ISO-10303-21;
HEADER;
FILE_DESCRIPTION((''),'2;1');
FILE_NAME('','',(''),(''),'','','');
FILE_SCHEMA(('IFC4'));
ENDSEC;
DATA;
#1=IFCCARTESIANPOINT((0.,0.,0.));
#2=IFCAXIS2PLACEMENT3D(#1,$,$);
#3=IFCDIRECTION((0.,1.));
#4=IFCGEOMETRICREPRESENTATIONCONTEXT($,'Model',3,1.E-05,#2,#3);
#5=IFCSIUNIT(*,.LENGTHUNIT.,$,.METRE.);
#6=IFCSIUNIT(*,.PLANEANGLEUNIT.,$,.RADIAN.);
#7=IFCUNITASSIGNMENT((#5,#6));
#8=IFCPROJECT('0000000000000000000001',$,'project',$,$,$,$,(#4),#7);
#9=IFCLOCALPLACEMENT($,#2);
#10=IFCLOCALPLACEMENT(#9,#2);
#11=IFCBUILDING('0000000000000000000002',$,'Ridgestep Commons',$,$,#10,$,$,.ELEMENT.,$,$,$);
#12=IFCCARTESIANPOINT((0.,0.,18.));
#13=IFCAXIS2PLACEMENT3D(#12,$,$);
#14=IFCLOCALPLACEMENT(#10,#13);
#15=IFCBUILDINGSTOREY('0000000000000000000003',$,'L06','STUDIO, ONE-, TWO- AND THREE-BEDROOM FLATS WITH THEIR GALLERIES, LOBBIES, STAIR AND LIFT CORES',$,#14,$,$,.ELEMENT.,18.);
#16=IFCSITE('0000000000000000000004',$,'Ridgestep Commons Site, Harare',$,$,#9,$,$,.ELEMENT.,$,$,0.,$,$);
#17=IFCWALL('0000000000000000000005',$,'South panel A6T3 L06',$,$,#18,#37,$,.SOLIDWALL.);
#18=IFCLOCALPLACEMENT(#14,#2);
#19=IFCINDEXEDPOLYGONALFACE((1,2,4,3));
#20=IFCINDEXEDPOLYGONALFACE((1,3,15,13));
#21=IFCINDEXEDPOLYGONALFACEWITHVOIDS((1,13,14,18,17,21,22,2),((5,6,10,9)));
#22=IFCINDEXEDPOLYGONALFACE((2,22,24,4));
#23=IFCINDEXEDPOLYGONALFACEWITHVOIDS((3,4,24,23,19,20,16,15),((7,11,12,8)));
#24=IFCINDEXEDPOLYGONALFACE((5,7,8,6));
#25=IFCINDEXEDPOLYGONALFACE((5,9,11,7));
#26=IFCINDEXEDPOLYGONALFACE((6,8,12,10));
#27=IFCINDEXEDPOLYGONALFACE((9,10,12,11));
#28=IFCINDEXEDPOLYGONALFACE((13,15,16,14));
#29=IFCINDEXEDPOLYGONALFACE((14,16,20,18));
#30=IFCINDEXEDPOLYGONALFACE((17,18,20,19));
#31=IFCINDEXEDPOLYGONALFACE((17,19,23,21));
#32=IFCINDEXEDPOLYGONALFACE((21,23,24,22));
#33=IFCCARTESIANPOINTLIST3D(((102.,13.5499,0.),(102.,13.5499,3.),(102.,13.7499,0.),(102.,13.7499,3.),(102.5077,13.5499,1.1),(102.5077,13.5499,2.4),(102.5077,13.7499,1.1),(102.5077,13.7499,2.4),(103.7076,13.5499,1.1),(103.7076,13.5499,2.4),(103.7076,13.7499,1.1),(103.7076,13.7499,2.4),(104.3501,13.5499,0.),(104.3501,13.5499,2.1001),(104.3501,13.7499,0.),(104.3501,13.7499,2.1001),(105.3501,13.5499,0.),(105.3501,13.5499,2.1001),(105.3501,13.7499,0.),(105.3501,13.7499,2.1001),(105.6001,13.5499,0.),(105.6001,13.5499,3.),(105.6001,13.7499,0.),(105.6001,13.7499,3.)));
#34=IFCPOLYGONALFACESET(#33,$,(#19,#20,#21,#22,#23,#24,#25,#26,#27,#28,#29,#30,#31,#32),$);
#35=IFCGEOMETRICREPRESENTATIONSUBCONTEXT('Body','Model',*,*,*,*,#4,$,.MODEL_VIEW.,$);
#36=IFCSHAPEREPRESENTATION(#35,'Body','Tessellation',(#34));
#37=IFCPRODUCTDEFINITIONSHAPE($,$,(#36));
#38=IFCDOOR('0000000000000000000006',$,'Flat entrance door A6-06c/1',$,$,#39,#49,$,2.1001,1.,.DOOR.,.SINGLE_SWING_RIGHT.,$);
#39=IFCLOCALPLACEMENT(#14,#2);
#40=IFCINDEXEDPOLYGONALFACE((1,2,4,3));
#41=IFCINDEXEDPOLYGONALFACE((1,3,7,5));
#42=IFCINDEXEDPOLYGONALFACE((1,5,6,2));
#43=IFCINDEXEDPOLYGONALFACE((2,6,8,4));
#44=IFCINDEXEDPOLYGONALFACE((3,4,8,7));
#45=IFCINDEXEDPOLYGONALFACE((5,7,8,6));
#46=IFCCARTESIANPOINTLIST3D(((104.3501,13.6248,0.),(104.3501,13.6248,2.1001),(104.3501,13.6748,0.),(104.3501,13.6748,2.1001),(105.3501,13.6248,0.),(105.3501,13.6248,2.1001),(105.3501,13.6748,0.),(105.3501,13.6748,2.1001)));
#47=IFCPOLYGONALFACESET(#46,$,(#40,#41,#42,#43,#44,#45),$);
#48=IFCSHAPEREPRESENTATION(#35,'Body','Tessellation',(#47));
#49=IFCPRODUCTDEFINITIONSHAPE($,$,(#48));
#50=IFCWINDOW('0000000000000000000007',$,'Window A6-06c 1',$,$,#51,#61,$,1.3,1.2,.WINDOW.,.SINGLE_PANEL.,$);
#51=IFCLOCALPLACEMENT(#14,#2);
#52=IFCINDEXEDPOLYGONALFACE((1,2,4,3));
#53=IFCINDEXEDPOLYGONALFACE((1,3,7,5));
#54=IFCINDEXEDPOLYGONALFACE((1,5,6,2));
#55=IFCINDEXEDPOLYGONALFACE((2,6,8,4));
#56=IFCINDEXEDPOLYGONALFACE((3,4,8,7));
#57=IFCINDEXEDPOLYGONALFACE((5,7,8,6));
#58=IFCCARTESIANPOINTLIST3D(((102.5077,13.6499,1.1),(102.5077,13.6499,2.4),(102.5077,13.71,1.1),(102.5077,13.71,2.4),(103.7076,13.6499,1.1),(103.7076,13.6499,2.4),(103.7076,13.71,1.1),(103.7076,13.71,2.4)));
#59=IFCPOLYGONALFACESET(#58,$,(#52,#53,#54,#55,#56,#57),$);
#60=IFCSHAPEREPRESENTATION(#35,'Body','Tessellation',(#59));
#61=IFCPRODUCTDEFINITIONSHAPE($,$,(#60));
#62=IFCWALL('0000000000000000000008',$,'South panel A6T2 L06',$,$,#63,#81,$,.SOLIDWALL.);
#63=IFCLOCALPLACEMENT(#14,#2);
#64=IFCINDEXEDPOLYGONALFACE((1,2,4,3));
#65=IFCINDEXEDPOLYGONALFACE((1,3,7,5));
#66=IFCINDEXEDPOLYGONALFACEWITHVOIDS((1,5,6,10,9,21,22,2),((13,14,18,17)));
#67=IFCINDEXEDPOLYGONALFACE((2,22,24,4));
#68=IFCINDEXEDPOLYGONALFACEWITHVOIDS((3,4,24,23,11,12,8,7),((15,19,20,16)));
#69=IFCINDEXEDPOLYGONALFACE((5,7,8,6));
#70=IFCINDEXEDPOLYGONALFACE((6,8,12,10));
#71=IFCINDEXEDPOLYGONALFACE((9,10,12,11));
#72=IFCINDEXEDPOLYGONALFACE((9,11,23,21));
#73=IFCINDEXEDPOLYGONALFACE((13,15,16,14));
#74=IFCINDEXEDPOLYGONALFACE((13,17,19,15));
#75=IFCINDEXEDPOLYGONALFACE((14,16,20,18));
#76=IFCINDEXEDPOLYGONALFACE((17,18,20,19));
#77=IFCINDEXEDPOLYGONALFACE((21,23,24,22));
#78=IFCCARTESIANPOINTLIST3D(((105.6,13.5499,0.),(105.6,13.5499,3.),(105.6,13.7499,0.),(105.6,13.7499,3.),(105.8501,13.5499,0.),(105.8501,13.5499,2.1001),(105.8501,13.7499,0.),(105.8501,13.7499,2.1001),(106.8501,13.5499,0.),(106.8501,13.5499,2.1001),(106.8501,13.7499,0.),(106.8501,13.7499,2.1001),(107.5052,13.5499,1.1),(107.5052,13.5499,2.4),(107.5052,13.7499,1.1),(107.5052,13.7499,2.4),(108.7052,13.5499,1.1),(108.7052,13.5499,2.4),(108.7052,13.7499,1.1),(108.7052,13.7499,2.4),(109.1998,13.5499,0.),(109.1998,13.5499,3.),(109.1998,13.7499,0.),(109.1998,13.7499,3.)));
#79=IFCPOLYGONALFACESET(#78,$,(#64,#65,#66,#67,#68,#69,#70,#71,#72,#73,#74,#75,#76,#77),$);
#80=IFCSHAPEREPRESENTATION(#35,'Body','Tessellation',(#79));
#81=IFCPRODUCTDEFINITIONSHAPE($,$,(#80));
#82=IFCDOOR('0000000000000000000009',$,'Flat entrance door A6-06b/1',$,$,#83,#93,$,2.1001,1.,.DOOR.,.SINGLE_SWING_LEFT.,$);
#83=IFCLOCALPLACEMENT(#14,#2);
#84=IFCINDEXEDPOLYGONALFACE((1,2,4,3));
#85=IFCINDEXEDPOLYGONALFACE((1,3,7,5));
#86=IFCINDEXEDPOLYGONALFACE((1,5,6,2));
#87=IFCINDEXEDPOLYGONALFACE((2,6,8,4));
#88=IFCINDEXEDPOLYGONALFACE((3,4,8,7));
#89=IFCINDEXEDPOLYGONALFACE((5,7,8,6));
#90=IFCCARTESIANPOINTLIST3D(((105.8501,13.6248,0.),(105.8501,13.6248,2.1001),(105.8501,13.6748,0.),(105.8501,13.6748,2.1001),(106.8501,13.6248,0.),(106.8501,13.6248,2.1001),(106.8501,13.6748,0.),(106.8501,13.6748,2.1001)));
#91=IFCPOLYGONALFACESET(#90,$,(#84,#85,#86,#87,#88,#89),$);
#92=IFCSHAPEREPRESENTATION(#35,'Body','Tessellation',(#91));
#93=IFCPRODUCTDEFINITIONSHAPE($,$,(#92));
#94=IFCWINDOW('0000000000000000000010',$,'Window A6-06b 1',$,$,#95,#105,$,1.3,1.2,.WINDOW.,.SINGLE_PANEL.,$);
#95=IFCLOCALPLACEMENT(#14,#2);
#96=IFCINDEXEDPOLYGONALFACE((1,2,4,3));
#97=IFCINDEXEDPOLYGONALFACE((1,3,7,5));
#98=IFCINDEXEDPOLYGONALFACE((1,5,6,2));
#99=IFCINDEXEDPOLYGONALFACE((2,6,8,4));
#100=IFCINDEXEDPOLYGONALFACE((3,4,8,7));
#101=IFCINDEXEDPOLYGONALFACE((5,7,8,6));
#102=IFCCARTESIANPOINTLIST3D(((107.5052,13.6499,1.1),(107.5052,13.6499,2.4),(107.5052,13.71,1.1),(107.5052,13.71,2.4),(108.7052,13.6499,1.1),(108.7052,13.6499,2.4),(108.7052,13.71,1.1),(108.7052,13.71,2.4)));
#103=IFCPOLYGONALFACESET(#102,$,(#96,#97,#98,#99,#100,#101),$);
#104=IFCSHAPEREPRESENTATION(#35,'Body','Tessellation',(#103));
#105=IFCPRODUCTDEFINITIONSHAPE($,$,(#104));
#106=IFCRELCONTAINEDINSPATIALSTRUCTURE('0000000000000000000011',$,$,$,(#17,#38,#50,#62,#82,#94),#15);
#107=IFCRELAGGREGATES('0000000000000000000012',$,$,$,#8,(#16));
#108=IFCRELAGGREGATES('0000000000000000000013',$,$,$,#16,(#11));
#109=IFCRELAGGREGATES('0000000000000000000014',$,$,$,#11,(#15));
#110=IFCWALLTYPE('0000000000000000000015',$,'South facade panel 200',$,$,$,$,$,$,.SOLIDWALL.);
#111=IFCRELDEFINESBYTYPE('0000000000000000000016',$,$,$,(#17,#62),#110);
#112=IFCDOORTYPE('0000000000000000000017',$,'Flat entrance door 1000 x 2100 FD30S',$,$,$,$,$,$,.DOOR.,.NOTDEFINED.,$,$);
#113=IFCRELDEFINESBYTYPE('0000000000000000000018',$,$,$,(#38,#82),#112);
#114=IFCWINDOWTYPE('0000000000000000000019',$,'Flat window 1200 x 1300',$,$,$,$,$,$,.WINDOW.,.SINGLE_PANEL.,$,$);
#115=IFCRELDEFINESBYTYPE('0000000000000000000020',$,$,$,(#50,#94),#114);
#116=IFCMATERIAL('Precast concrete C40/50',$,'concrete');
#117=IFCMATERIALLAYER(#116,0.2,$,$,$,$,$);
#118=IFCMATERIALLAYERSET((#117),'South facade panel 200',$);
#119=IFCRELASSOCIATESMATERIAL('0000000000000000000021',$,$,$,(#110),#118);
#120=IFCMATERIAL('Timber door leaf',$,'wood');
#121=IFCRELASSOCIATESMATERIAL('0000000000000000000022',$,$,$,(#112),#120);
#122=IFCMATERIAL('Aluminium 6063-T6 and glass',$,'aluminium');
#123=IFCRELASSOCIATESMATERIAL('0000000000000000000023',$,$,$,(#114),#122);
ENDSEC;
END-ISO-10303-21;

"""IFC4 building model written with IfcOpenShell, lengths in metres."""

from ifc_helpers import new_model, si_unit, direction, frame, frame_2d, origin, place, context, subcontext, project, spatial, rectangle, extrude, material, layer, layer_set, type_object, element, fill, save


model = new_model("IFC4")

# Units and contexts
model_context = context("Model", 3, precision=1e-05, world=origin(), true_north=direction((0.0, 1.0)))
body_context = subcontext(model_context, "Body", "Model", "MODEL_VIEW")
ifc_project = project(units=[si_unit("LENGTHUNIT", "METRE"), si_unit("PLANEANGLEUNIT", "RADIAN")], contexts=[model_context])

# Site, building, storey
site_placement = place(None, origin())
site = spatial("IfcSite", under=ifc_project, at=site_placement, Name="Ridgestep Commons Site, Harare", CompositionType="ELEMENT", RefElevation=0.0)
building_placement = place(site_placement, origin())
building = spatial("IfcBuilding", under=site, at=building_placement, Name="Ridgestep Commons", CompositionType="ELEMENT")
storey_placement = place(building_placement, frame((0.0, 0.0, 18.0)))
storey = spatial("IfcBuildingStorey", under=building, at=storey_placement, Name="L06", Description="STUDIO, ONE-, TWO- AND THREE-BEDROOM FLATS WITH THEIR GALLERIES, LOBBIES, STAIR AND LIFT CORES", CompositionType="ELEMENT", Elevation=18.0)

# Walls, openings, doors, windows
ifc_material_1 = material(Name="Precast concrete C40/50", Category="concrete")
ifc_layer_1 = layer(ifc_material_1, 0.2)
ifc_layer_set_1 = layer_set([ifc_layer_1], Name="South facade panel 200")
wall_type_1 = type_object("IfcWallType", Name="South facade panel 200", PredefinedType="SOLIDWALL", material=ifc_layer_set_1)
wall_1_placement = place(storey_placement, frame((102.0, 13.6499, 0.0), z_axis=(0.0, 0.0, 1.0), x_axis=(1.0, 0.0, 0.0)))
wall_1 = element("IfcWall", 1, at=wall_1_placement, inside=storey, type_object=wall_type_1, Name="South panel A6T3 L06", PredefinedType="SOLIDWALL", context=body_context, shape_type="SweptSolid", body=[
    extrude(rectangle(XDim=3.6001, YDim=0.2, at=frame_2d((1.8, 0.0))), origin(), (0.0, 0.0, 1.0), 3.0),
])
opening_1_placement = place(wall_1_placement, frame((0.5076, 0.0, 1.1001)))
opening_1 = element("IfcOpeningElement", 2, at=opening_1_placement, cuts=wall_1, PredefinedType="OPENING", context=body_context, shape_type="SweptSolid", body=[
    extrude(rectangle(XDim=1.2, YDim=1.3, at=frame_2d((0.6001, 0.6499))), frame((0.0, 0.1099, 0.0), z_axis=(0.0, -1.0, 0.0), x_axis=(1.0, 0.0, 0.0)), (0.0, 0.0, 1.0), 0.22),
])
opening_2_placement = place(wall_1_placement, frame((2.3501, 0.0, 0.0)))
opening_2 = element("IfcOpeningElement", 3, at=opening_2_placement, cuts=wall_1, PredefinedType="OPENING", context=body_context, shape_type="SweptSolid", body=[
    extrude(rectangle(XDim=1.0, YDim=2.1001, at=frame_2d((0.5, 1.05))), frame((0.0, 0.1099, 0.0), z_axis=(0.0, -1.0, 0.0), x_axis=(1.0, 0.0, 0.0)), (0.0, 0.0, 1.0), 0.22),
])
ifc_material_2 = material(Name="Timber door leaf", Category="wood")
door_type_1 = type_object("IfcDoorType", Name="Flat entrance door 1000 x 2100 FD30S", OperationType="NOTDEFINED", PredefinedType="DOOR", material=ifc_material_2)
door_1_placement = place(opening_2_placement, origin())
door_1 = element("IfcDoor", 4, at=door_1_placement, inside=storey, type_object=door_type_1, Name="Flat entrance door A6-06c/1", OperationType="SINGLE_SWING_RIGHT", OverallHeight=2.1001, OverallWidth=1.0, PredefinedType="DOOR", context=body_context, shape_type="SweptSolid", body=[
    extrude(rectangle(XDim=1.0, YDim=2.1001, at=frame_2d((0.5, 1.05))), frame((0.0, 0.0249, 0.0), z_axis=(0.0, -1.0, 0.0), x_axis=(1.0, 0.0, 0.0)), (0.0, 0.0, 1.0), 0.05),
])
fill(opening_2, door_1)
ifc_material_3 = material(Name="Aluminium 6063-T6 and glass", Category="aluminium")
window_type = type_object("IfcWindowType", Name="Flat window 1200 x 1300", PartitioningType="SINGLE_PANEL", PredefinedType="WINDOW", material=ifc_material_3)
window_1_placement = place(opening_1_placement, origin())
window_1 = element("IfcWindow", 5, at=window_1_placement, inside=storey, type_object=window_type, Name="Window A6-06c 1", OverallHeight=1.3, OverallWidth=1.2, PartitioningType="SINGLE_PANEL", PredefinedType="WINDOW", context=body_context, shape_type="SweptSolid", body=[
    extrude(rectangle(XDim=1.2, YDim=1.3, at=frame_2d((0.6001, 0.6499))), frame((0.0, 0.0601, 0.0), z_axis=(0.0, -1.0, 0.0), x_axis=(1.0, 0.0, 0.0)), (0.0, 0.0, 1.0), 0.0601),
])
fill(opening_1, window_1)
wall_2_placement = place(storey_placement, frame((105.6001, 13.6499, 0.0), z_axis=(0.0, 0.0, 1.0), x_axis=(1.0, 0.0, 0.0)))
wall_2 = element("IfcWall", 6, at=wall_2_placement, inside=storey, type_object=wall_type_1, Name="South panel A6T2 L06", PredefinedType="SOLIDWALL", context=body_context, shape_type="SweptSolid", body=[
    extrude(rectangle(XDim=3.5999, YDim=0.2, at=frame_2d((1.7998, 0.0))), origin(), (0.0, 0.0, 1.0), 3.0),
])
opening_3_placement = place(wall_2_placement, frame((1.905, 0.0, 1.1001)))
opening_3 = element("IfcOpeningElement", 7, at=opening_3_placement, cuts=wall_2, PredefinedType="OPENING", context=body_context, shape_type="SweptSolid", body=[
    extrude(rectangle(XDim=1.2, YDim=1.3, at=frame_2d((0.6001, 0.6499))), frame((0.0, 0.1099, 0.0), z_axis=(0.0, -1.0, 0.0), x_axis=(1.0, 0.0, 0.0)), (0.0, 0.0, 1.0), 0.22),
])
opening_4_placement = place(wall_2_placement, frame((0.25, 0.0, 0.0)))
opening_4 = element("IfcOpeningElement", 8, at=opening_4_placement, cuts=wall_2, PredefinedType="OPENING", context=body_context, shape_type="SweptSolid", body=[
    extrude(rectangle(XDim=1.0, YDim=2.1001, at=frame_2d((0.5, 1.05))), frame((0.0, 0.1099, 0.0), z_axis=(0.0, -1.0, 0.0), x_axis=(1.0, 0.0, 0.0)), (0.0, 0.0, 1.0), 0.22),
])
door_2_placement = place(opening_4_placement, origin())
door_2 = element("IfcDoor", 9, at=door_2_placement, inside=storey, type_object=door_type_1, Name="Flat entrance door A6-06b/1", OperationType="SINGLE_SWING_LEFT", OverallHeight=2.1001, OverallWidth=1.0, PredefinedType="DOOR", context=body_context, shape_type="SweptSolid", body=[
    extrude(rectangle(XDim=1.0, YDim=2.1001, at=frame_2d((0.5, 1.05))), frame((0.0, 0.0249, 0.0), z_axis=(0.0, -1.0, 0.0), x_axis=(1.0, 0.0, 0.0)), (0.0, 0.0, 1.0), 0.05),
])
fill(opening_4, door_2)
window_2_placement = place(opening_3_placement, origin())
window_2 = element("IfcWindow", 10, at=window_2_placement, inside=storey, type_object=window_type, Name="Window A6-06b 1", OverallHeight=1.3, OverallWidth=1.2, PartitioningType="SINGLE_PANEL", PredefinedType="WINDOW", context=body_context, shape_type="SweptSolid", body=[
    extrude(rectangle(XDim=1.2, YDim=1.3, at=frame_2d((0.6001, 0.6499))), frame((0.0, 0.0601, 0.0), z_axis=(0.0, -1.0, 0.0), x_axis=(1.0, 0.0, 0.0)), (0.0, 0.0, 1.0), 0.0601),
])
fill(opening_3, window_2)

save(model, "model.ifc")
